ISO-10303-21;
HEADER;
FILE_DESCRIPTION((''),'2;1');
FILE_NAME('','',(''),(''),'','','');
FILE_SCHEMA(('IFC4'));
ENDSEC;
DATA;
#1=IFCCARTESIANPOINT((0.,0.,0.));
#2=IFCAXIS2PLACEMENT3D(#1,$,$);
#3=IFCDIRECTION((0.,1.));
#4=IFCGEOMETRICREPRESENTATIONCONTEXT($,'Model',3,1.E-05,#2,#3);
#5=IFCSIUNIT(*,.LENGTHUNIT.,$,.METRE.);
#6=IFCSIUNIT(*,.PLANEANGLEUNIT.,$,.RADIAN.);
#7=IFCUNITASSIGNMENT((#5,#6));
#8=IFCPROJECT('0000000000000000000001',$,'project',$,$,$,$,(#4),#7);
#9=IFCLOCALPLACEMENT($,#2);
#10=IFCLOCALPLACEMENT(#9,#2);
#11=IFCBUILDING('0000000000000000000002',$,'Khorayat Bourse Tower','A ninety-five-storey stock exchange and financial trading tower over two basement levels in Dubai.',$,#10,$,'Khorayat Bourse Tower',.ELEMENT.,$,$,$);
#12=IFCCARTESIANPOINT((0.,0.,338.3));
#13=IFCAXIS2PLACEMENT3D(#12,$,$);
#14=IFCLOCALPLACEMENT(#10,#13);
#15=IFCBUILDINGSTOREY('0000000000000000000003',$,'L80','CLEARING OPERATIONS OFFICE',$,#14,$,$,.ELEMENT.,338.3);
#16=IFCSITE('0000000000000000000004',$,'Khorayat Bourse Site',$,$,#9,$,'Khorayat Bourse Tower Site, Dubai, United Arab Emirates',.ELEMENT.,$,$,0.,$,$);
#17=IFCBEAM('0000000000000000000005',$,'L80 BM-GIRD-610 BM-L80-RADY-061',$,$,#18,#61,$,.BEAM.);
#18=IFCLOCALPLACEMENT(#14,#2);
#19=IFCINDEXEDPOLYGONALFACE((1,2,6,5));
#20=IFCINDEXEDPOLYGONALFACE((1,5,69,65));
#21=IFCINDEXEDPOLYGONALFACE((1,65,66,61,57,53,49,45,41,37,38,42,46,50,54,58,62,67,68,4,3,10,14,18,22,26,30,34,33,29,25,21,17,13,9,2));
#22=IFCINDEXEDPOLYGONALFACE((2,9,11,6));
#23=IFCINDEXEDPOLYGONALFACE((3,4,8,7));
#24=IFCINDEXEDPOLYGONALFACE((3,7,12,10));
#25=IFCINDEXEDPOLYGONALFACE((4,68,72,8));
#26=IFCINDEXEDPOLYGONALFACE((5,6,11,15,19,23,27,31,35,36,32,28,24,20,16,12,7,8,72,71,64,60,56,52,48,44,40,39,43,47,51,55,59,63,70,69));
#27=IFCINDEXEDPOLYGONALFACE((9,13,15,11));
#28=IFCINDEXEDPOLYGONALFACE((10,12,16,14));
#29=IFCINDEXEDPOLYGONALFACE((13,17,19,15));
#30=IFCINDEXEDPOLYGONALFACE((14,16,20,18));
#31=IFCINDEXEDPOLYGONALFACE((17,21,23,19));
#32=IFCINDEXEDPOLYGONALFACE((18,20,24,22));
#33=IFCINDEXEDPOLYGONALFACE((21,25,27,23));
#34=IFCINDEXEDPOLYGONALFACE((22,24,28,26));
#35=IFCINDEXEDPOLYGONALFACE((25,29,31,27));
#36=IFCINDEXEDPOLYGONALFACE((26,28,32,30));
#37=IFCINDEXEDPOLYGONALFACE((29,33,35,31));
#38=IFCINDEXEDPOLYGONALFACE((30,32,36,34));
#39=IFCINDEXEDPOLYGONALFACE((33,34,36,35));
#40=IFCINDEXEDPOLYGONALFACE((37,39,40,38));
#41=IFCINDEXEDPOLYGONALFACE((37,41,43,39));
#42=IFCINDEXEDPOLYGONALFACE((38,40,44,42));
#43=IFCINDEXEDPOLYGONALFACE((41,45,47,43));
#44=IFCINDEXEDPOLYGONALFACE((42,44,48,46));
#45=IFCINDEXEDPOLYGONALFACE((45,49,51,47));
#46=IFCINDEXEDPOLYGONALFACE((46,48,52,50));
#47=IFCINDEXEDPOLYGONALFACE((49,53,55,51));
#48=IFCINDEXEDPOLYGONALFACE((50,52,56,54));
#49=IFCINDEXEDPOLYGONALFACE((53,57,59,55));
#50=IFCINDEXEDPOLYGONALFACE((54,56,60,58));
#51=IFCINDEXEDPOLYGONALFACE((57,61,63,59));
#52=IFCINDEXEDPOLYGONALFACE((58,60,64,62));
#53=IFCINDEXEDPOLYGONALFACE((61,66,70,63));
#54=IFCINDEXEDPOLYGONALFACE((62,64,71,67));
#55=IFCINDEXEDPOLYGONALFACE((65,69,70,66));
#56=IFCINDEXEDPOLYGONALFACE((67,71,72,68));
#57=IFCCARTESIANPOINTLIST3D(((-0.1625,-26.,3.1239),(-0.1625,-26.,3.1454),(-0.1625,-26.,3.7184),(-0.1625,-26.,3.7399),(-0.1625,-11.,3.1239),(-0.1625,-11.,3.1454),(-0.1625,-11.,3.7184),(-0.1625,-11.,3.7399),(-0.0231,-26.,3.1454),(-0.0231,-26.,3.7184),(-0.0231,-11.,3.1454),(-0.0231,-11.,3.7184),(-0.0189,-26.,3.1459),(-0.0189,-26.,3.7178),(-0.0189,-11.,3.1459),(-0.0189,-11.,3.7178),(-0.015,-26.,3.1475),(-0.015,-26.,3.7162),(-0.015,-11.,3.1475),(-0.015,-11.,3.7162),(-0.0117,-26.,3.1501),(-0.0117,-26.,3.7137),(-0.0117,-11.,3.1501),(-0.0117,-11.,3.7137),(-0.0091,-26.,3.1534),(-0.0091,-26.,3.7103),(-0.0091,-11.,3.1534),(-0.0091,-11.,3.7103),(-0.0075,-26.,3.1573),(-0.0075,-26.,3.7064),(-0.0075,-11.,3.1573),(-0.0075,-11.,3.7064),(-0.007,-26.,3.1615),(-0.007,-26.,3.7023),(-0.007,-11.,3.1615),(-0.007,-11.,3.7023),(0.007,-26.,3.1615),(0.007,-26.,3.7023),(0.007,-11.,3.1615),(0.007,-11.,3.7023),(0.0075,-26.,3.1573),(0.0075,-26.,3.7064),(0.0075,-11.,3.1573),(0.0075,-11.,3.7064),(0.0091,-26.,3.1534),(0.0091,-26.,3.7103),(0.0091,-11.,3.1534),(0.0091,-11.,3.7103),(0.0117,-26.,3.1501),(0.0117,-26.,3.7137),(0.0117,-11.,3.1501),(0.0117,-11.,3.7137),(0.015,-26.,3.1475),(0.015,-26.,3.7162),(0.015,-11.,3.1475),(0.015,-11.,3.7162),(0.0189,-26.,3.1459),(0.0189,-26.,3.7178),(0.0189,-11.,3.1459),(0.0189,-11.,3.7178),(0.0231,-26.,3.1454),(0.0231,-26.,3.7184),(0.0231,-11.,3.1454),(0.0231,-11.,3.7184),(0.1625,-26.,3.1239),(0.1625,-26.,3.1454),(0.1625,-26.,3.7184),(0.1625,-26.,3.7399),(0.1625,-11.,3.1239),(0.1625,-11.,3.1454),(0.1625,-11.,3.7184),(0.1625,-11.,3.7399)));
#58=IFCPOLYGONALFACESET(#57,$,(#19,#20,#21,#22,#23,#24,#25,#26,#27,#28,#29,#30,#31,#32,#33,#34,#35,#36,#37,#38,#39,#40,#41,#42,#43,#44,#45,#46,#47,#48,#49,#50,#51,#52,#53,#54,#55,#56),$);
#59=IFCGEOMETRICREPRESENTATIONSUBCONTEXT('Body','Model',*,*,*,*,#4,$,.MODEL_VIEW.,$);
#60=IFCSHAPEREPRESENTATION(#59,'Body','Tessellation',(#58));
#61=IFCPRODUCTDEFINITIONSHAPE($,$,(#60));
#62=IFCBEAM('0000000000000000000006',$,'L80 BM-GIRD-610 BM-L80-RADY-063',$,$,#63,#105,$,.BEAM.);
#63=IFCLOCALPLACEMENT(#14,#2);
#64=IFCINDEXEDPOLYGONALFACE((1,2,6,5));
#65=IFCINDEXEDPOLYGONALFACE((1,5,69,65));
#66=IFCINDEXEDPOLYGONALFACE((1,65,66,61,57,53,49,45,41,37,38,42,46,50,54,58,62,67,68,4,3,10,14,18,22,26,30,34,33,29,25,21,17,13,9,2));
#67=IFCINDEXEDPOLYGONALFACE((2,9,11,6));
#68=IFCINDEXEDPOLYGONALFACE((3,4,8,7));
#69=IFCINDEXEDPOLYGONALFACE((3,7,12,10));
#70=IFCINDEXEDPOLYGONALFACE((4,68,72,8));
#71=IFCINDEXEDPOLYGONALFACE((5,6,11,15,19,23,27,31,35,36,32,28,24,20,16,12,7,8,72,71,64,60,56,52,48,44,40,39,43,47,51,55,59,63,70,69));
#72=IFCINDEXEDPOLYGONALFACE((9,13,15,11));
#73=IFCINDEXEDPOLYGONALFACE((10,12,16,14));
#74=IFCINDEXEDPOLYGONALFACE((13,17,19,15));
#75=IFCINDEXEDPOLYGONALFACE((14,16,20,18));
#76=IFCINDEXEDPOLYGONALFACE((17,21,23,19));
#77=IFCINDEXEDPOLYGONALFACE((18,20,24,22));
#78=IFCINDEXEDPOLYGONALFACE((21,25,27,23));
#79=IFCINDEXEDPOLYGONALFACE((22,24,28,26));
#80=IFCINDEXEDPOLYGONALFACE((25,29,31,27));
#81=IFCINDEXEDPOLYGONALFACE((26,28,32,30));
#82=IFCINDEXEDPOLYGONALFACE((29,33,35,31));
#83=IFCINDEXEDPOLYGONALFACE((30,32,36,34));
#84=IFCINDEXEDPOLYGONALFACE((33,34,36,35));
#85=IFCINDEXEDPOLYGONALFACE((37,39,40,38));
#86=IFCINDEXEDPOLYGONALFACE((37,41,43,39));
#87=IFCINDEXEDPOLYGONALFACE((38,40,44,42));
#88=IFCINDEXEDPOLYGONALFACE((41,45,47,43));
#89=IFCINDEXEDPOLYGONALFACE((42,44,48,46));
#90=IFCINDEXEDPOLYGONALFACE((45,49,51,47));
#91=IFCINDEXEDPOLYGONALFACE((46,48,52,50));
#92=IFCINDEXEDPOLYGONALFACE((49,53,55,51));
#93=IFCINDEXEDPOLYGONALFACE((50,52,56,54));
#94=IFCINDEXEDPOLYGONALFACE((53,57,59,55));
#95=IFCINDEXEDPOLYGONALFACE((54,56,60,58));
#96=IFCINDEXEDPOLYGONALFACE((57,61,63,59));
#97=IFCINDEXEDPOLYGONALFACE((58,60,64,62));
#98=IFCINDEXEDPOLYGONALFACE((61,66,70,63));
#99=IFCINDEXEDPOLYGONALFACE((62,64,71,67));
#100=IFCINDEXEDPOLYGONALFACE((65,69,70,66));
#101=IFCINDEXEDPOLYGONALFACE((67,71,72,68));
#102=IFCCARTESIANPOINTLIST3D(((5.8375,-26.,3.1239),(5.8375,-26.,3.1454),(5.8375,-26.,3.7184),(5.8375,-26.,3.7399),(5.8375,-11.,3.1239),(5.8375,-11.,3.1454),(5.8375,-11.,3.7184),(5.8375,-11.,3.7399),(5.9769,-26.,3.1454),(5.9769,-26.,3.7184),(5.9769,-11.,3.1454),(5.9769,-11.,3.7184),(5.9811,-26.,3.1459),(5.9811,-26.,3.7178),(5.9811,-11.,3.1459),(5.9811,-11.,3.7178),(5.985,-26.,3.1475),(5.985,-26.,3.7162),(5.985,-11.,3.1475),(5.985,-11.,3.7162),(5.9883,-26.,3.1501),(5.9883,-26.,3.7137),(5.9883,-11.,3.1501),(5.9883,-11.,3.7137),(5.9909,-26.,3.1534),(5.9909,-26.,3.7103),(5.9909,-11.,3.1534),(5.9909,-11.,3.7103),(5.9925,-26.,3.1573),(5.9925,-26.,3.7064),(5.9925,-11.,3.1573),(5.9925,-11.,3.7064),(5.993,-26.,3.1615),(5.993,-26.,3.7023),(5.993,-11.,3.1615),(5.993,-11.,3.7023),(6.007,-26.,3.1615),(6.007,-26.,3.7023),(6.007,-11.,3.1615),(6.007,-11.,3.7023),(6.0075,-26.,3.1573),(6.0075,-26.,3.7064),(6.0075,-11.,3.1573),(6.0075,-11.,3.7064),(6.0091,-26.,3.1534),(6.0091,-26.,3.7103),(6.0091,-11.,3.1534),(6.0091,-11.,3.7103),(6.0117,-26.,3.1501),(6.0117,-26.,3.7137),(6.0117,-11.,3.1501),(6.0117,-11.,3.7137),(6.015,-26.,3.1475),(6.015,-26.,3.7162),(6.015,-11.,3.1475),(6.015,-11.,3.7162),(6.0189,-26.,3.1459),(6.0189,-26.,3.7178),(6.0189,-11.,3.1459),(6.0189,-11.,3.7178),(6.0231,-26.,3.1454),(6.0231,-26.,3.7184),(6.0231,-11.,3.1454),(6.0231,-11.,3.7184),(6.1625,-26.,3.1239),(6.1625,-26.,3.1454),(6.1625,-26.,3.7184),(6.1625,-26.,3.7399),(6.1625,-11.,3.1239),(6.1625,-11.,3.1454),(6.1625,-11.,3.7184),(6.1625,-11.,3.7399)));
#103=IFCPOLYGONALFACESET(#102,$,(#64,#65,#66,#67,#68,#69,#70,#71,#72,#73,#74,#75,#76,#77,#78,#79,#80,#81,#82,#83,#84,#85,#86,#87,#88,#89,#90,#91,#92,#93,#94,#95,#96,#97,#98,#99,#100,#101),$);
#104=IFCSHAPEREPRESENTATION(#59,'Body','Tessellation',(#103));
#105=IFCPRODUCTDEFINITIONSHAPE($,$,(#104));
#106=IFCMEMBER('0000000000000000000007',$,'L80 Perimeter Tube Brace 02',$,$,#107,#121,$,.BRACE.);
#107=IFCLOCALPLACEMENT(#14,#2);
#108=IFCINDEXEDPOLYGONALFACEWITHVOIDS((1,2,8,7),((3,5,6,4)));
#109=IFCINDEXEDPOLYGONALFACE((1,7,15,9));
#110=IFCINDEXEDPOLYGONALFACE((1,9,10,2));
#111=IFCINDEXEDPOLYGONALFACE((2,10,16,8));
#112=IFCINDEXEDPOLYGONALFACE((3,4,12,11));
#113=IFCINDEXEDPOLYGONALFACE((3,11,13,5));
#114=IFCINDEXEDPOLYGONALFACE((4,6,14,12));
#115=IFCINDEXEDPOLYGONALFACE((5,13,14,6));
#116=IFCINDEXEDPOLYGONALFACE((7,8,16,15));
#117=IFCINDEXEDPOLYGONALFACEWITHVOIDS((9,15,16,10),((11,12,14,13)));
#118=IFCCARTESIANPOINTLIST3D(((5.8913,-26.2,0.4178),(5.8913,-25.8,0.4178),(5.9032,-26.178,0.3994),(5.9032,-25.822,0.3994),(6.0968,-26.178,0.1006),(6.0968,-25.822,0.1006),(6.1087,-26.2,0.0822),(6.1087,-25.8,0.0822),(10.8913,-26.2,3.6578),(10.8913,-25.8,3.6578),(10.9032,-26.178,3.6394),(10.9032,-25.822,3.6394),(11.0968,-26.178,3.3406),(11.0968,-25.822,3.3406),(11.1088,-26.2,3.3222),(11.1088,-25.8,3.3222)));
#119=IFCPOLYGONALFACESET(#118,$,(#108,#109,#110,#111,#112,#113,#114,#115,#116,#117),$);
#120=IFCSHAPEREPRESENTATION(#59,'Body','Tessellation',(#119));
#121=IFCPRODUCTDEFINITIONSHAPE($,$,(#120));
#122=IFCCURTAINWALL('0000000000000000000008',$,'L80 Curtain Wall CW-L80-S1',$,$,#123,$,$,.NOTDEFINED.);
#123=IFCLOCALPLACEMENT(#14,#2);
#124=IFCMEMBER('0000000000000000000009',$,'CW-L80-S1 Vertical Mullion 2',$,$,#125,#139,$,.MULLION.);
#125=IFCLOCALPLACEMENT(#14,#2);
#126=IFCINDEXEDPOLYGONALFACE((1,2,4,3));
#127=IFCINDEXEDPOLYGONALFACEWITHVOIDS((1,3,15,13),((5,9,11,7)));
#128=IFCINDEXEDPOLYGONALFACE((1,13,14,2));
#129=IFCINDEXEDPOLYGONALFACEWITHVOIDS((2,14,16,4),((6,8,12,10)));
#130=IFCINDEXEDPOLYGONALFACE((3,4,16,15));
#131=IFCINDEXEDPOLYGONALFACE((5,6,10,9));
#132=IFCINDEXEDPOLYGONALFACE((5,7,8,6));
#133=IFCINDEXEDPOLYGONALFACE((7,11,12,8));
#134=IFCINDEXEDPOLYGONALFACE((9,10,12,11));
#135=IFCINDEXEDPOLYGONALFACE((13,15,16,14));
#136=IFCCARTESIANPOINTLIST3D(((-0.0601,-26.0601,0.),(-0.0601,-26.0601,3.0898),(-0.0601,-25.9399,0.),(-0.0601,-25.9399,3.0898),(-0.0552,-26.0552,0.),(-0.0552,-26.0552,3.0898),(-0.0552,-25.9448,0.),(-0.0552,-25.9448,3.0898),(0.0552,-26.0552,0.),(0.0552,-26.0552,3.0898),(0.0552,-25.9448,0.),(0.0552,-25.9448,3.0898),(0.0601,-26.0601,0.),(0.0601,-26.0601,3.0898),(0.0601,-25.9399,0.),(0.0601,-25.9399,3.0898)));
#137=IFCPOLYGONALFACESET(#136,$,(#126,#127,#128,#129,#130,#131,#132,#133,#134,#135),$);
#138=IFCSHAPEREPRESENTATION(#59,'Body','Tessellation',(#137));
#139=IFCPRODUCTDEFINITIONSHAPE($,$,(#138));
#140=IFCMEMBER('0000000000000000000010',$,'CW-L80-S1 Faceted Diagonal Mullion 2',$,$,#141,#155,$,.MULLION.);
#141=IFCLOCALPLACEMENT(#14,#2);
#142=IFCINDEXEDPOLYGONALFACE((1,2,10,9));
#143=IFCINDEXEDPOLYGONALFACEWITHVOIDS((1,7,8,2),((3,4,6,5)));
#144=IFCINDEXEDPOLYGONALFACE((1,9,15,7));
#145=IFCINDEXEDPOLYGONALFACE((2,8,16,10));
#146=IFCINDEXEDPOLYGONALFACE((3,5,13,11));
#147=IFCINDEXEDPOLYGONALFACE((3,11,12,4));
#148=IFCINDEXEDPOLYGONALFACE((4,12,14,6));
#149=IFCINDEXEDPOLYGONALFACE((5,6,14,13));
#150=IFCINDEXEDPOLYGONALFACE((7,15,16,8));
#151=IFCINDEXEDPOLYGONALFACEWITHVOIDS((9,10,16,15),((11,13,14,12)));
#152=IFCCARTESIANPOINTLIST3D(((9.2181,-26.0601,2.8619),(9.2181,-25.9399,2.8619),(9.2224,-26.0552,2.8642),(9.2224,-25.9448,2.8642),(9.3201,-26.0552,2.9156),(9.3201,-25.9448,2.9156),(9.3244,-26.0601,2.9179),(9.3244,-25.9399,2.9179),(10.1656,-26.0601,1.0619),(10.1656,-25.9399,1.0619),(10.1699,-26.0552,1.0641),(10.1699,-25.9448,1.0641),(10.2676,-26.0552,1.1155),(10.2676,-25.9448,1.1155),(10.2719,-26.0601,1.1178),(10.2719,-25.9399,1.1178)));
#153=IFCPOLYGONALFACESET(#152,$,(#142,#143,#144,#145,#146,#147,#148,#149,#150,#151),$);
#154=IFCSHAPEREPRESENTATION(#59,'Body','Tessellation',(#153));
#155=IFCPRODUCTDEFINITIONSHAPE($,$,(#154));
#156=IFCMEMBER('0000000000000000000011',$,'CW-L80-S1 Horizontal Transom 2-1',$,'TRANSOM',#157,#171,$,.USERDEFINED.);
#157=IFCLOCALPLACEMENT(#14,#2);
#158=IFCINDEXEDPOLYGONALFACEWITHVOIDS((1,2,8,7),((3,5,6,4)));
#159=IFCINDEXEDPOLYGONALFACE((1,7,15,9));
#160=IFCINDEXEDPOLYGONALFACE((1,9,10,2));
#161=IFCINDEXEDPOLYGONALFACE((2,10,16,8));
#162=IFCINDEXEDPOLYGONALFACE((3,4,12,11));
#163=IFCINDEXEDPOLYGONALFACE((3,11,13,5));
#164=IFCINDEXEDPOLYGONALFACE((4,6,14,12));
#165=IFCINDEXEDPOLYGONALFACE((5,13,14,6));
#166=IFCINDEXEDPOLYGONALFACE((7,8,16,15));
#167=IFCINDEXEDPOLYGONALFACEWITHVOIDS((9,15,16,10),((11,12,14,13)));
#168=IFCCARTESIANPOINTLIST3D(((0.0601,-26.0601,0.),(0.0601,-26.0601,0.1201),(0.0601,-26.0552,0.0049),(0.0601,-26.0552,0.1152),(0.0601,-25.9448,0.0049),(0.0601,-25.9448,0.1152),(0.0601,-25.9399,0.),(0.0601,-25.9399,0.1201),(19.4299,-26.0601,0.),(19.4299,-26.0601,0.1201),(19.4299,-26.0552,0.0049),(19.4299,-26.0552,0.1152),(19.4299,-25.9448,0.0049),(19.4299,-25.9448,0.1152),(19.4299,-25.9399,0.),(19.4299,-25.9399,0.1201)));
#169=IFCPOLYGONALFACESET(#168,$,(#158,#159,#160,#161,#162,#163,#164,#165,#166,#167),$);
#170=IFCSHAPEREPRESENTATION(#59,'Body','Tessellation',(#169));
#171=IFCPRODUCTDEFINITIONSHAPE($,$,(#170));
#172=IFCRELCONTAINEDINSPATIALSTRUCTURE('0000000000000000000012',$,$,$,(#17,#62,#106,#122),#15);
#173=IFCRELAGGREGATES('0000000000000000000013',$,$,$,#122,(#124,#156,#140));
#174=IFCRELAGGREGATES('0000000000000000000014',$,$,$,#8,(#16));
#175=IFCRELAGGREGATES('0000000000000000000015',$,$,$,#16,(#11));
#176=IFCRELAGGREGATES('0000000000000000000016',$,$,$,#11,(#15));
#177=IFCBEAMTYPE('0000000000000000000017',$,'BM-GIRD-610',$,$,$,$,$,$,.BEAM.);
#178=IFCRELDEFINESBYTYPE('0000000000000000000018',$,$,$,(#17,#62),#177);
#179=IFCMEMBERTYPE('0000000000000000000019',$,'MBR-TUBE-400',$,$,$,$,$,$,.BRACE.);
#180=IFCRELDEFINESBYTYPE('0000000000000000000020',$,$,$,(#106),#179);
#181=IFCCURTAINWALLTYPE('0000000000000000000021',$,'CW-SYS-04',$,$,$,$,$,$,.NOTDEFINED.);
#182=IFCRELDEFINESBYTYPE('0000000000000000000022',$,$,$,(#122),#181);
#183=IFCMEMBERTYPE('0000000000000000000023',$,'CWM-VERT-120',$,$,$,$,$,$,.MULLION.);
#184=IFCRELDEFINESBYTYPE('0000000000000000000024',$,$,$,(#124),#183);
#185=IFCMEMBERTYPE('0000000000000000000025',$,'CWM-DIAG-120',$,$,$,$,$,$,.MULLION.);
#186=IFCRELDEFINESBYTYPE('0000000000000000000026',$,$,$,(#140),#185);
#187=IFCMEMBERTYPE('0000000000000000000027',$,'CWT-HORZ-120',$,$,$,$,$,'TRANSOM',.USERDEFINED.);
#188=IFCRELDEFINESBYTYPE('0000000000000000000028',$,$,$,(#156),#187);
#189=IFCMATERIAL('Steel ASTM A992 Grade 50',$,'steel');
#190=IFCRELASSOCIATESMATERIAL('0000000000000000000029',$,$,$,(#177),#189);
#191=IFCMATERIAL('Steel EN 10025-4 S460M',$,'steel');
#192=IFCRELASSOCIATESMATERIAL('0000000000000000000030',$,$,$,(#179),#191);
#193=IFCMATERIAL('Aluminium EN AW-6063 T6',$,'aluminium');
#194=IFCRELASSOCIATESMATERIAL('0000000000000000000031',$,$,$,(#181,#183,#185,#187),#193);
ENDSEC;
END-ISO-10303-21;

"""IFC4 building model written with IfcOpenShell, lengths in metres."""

from ifc_helpers import new_model, si_unit, direction, frame, origin, origin_2d, place, context, subcontext, project, spatial, hollow_rectangle, i_section, extrude, source, transform, mapped, material, material_profile, profile_set, type_object, element, aggregate, save


model = new_model("IFC4")

# Units and contexts
model_context = context("Model", 3, precision=1e-05, world=origin(), true_north=direction((0.0, 1.0)))
body_context = subcontext(model_context, "Body", "Model", "MODEL_VIEW")
ifc_project = project(units=[si_unit("LENGTHUNIT", "METRE"), si_unit("PLANEANGLEUNIT", "RADIAN")], contexts=[model_context])

# Site, building, storey
site_placement = place(None, origin())
site = spatial("IfcSite", under=ifc_project, at=site_placement, Name="Khorayat Bourse Site", LongName="Khorayat Bourse Tower Site, Dubai, United Arab Emirates", CompositionType="ELEMENT", RefElevation=0.0)
building_placement = place(site_placement, origin())
building = spatial("IfcBuilding", under=site, at=building_placement, Name="Khorayat Bourse Tower", Description="A ninety-five-storey stock exchange and financial trading tower over two basement levels in Dubai.", LongName="Khorayat Bourse Tower", CompositionType="ELEMENT")
storey_placement = place(building_placement, frame((0.0, 0.0, 338.3)))
storey = spatial("IfcBuildingStorey", under=building, at=storey_placement, Name="L80", Description="CLEARING OPERATIONS OFFICE", CompositionType="ELEMENT", Elevation=338.3)

# Beams
ifc_material_1 = material(Name="Steel ASTM A992 Grade 50", Category="steel")
ifc_material_profile_1 = material_profile(ifc_material_1, i_section(OverallWidth=0.325, OverallDepth=0.616, WebThickness=0.0139, FlangeThickness=0.0215, FilletRadius=0.0161, at=origin_2d()), Name="W610X174")
ifc_profile_set_1 = profile_set([ifc_material_profile_1], Name="Steel ASTM A992 Grade 50")
beam_type_1 = type_object("IfcBeamType", Name="BM-GIRD-610", PredefinedType="BEAM", material=ifc_profile_set_1)
shared_shape_1 = source(origin(), body_context, "Body", "SweptSolid", [
    extrude(i_section(OverallWidth=0.325, OverallDepth=0.616, WebThickness=0.0139, FlangeThickness=0.0215, FilletRadius=0.0161, at=origin_2d()), origin(), (0.0, 0.0, 1.0), 15.0),
])
for number, where, z_axis, x_axis, name in (
    (1, (0.0, -26.0, 3.4319), (0.0, 1.0, 0.0), (-1.0, 0.0, 0.0), "L80 BM-GIRD-610 BM-L80-RADY-061"),
    (2, (6.0, -26.0, 3.4319), (0.0, 1.0, 0.0), (-1.0, 0.0, 0.0), "L80 BM-GIRD-610 BM-L80-RADY-063"),
):
    element("IfcBeam", number, at=place(storey_placement, frame(where, z_axis=z_axis, x_axis=x_axis)), inside=storey, type_object=beam_type_1, Name=name, PredefinedType="BEAM", context=body_context, shape_type="MappedRepresentation", body=[
        mapped(shared_shape_1, transform((0.0, 0.0, 0.0), scale=1.0)),
    ])

# Member
ifc_material_2 = material(Name="Steel EN 10025-4 S460M", Category="steel")
ifc_material_profile_2 = material_profile(ifc_material_2, hollow_rectangle(XDim=0.3999, YDim=0.3999, WallThickness=0.022, at=origin_2d()), Name="HSS 400x400x22")
ifc_profile_set_2 = profile_set([ifc_material_profile_2], Name="Steel EN 10025-4 S460M")
member_type_1 = type_object("IfcMemberType", Name="MBR-TUBE-400", PredefinedType="BRACE", material=ifc_profile_set_2)
shared_shape_2 = source(origin(), body_context, "Body", "SweptSolid", [
    extrude(hollow_rectangle(XDim=0.3999, YDim=0.3999, WallThickness=0.022, at=origin_2d()), origin(), (0.0, 0.0, 1.0), 5.958),
])
member_1_placement = place(storey_placement, frame((6.0, -26.0, 0.25), z_axis=(0.83921, 0.0, 0.543807), x_axis=(0.0, 1.0, 0.0)))
element("IfcMember", 3, at=member_1_placement, inside=storey, type_object=member_type_1, Name="L80 Perimeter Tube Brace 02", PredefinedType="BRACE", context=body_context, shape_type="MappedRepresentation", body=[
    mapped(shared_shape_2, transform((0.0, 0.0, 0.0), scale=1.0)),
])

# Curtain wall, members
ifc_material_3 = material(Name="Aluminium EN AW-6063 T6", Category="aluminium")
curtain_wall_type = type_object("IfcCurtainWallType", Name="CW-SYS-04", PredefinedType="NOTDEFINED", material=ifc_material_3)
curtain_wall_placement = place(storey_placement, origin())
curtain_wall = element("IfcCurtainWall", 4, at=curtain_wall_placement, inside=storey, type_object=curtain_wall_type, Name="L80 Curtain Wall CW-L80-S1", PredefinedType="NOTDEFINED")
ifc_material_profile_3 = material_profile(ifc_material_3, hollow_rectangle(XDim=0.1201, YDim=0.1201, WallThickness=0.0049, at=origin_2d()), Name="ALU 120x120x5")
ifc_profile_set_3 = profile_set([ifc_material_profile_3], Name="Aluminium EN AW-6063 T6")
member_type_2 = type_object("IfcMemberType", Name="CWM-VERT-120", PredefinedType="MULLION", material=ifc_profile_set_3)
shared_shape_3 = source(origin(), body_context, "Body", "SweptSolid", [
    extrude(hollow_rectangle(XDim=0.1201, YDim=0.1201, WallThickness=0.0049, at=origin_2d()), origin(), (0.0, 0.0, 1.0), 3.0898),
])
member_2_placement = place(storey_placement, frame((0.0, -26.0, 0.0), z_axis=(0.0, 0.0, 1.0), x_axis=(0.0, 1.0, 0.0)))
member_2 = element("IfcMember", 5, at=member_2_placement, type_object=member_type_2, Name="CW-L80-S1 Vertical Mullion 2", PredefinedType="MULLION", context=body_context, shape_type="MappedRepresentation", body=[
    mapped(shared_shape_3, transform((0.0, 0.0, 0.0), scale=1.0)),
])
ifc_material_profile_4 = material_profile(ifc_material_3, hollow_rectangle(XDim=0.1201, YDim=0.1201, WallThickness=0.0049, at=origin_2d()), Name="ALU 120x120x5")
ifc_profile_set_4 = profile_set([ifc_material_profile_4], Name="Aluminium EN AW-6063 T6")
member_type_3 = type_object("IfcMemberType", Name="CWM-DIAG-120", PredefinedType="MULLION", material=ifc_profile_set_4)
shared_shape_4 = source(origin(), body_context, "Body", "SweptSolid", [
    extrude(hollow_rectangle(XDim=0.1201, YDim=0.1201, WallThickness=0.0049, at=origin_2d()), origin(), (0.0, 0.0, 1.0), 2.0342),
])
member_3_placement = place(storey_placement, frame((10.2188, -26.0, 1.0898), z_axis=(-0.465791, 0.0, 0.884895), x_axis=(0.0, -1.0, 0.0)))
member_3 = element("IfcMember", 6, at=member_3_placement, type_object=member_type_3, Name="CW-L80-S1 Faceted Diagonal Mullion 2", PredefinedType="MULLION", context=body_context, shape_type="MappedRepresentation", body=[
    mapped(shared_shape_4, transform((0.0, 0.0, 0.0), scale=1.0)),
])
ifc_material_profile_5 = material_profile(ifc_material_3, hollow_rectangle(XDim=0.1201, YDim=0.1201, WallThickness=0.0049, at=origin_2d()), Name="ALU 120x120x5")
ifc_profile_set_5 = profile_set([ifc_material_profile_5], Name="Aluminium EN AW-6063 T6")
member_type_4 = type_object("IfcMemberType", Name="CWT-HORZ-120", ElementType="TRANSOM", PredefinedType="USERDEFINED", material=ifc_profile_set_5)
shared_shape_5 = source(origin(), body_context, "Body", "SweptSolid", [
    extrude(hollow_rectangle(XDim=0.1201, YDim=0.1201, WallThickness=0.0049, at=origin_2d()), origin(), (0.0, 0.0, 1.0), 19.3699),
])
member_4_placement = place(storey_placement, frame((0.0601, -26.0, 0.0601), z_axis=(1.0, 0.0, 0.0), x_axis=(0.0, 1.0, 0.0)))
member_4 = element("IfcMember", 7, at=member_4_placement, type_object=member_type_4, Name="CW-L80-S1 Horizontal Transom 2-1", ObjectType="TRANSOM", PredefinedType="USERDEFINED", context=body_context, shape_type="MappedRepresentation", body=[
    mapped(shared_shape_5, transform((0.0, 0.0, 0.0), scale=1.0)),
])

aggregate(curtain_wall, [member_2, member_4, member_3])

save(model, "model.ifc")
